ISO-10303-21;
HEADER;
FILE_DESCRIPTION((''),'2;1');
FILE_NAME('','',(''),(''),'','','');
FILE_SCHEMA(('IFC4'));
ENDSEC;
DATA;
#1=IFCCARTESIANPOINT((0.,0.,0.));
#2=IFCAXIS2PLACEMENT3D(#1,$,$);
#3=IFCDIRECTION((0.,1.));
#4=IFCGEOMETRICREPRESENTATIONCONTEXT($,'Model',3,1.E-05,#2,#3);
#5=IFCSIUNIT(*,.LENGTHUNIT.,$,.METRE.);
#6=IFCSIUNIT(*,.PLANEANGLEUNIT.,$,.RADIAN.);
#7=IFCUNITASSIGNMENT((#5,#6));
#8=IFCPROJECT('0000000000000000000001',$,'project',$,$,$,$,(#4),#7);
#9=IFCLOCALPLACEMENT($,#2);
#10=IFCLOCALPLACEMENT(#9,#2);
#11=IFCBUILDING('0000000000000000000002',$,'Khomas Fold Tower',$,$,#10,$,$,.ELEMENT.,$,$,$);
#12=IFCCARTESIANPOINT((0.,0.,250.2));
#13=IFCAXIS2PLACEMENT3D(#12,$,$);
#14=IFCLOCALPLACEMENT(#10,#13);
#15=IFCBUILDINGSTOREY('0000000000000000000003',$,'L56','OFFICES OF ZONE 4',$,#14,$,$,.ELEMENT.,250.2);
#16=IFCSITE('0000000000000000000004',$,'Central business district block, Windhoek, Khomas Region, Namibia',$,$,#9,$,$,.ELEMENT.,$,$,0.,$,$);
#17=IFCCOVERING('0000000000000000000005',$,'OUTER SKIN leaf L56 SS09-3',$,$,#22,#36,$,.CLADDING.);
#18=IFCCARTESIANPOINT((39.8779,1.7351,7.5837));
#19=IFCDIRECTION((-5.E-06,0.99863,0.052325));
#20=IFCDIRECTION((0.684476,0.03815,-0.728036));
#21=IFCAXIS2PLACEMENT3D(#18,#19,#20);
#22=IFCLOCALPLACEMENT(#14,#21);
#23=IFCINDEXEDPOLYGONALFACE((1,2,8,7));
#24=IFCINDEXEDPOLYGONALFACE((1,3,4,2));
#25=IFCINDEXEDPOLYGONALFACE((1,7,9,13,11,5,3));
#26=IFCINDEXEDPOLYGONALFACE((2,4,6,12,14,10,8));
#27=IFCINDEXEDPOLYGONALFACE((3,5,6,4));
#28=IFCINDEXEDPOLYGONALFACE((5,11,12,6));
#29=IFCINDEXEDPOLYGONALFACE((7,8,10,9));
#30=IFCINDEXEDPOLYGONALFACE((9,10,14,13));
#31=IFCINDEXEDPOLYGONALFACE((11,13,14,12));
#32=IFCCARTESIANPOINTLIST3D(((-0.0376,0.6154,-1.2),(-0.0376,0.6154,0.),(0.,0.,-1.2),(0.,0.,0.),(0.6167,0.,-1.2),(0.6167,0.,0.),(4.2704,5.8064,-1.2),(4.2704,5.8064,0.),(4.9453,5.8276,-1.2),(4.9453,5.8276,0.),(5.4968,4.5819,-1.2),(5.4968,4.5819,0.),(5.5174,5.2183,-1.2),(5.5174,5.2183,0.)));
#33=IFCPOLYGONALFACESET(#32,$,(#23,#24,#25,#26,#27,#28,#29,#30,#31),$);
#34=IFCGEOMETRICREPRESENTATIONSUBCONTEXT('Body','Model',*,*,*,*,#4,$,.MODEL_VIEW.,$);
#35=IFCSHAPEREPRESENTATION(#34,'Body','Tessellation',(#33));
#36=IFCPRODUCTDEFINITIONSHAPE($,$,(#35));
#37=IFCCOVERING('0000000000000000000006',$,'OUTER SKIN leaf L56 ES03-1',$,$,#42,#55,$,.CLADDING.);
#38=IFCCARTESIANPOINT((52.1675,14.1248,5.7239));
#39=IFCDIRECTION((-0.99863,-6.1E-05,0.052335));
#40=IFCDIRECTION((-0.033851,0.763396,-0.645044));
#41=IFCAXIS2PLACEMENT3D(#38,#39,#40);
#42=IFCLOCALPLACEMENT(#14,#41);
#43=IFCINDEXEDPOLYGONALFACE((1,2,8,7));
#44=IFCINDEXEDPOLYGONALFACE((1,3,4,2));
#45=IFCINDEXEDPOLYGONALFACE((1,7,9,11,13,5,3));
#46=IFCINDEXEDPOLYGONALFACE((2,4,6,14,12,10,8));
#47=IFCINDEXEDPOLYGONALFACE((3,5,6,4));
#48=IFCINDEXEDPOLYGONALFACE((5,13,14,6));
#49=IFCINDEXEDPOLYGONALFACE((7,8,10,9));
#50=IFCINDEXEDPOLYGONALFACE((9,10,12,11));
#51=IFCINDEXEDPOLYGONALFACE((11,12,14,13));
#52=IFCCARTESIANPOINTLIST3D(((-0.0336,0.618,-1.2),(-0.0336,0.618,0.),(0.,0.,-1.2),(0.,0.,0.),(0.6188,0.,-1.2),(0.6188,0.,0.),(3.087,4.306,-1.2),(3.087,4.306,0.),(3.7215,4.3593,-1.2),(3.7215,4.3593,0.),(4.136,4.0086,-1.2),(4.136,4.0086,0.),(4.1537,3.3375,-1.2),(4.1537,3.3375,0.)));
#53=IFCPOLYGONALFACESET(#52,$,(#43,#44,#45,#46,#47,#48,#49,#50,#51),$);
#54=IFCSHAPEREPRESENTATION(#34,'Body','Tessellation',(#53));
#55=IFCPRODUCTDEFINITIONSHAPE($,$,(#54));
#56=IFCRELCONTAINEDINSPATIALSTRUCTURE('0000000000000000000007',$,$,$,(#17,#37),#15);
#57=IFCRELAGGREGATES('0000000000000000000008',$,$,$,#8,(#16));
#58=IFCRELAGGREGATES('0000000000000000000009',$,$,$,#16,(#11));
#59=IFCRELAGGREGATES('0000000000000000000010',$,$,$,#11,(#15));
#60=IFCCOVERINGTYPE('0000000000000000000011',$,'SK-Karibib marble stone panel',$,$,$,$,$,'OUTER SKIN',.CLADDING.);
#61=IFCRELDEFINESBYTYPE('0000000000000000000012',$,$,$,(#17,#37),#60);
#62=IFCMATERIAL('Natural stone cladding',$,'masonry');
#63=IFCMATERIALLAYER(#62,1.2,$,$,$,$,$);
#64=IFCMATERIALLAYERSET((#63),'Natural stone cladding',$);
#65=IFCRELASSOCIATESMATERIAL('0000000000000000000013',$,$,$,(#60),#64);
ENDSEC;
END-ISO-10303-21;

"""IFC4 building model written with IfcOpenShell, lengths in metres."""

from ifc_helpers import new_model, si_unit, direction, frame, origin, place, context, subcontext, project, spatial, polyline, outline, extrude, material, layer, layer_set, type_object, element, save


model = new_model("IFC4")

# Units and contexts
model_context = context("Model", 3, precision=1e-05, world=origin(), true_north=direction((0.0, 1.0)))
body_context = subcontext(model_context, "Body", "Model", "MODEL_VIEW")
ifc_project = project(units=[si_unit("LENGTHUNIT", "METRE"), si_unit("PLANEANGLEUNIT", "RADIAN")], contexts=[model_context])

# Site, building, storey
site_placement = place(None, origin())
site = spatial("IfcSite", under=ifc_project, at=site_placement, Name="Central business district block, Windhoek, Khomas Region, Namibia", CompositionType="ELEMENT", RefElevation=0.0)
building_placement = place(site_placement, origin())
building = spatial("IfcBuilding", under=site, at=building_placement, Name="Khomas Fold Tower", CompositionType="ELEMENT")
storey_placement = place(building_placement, frame((0.0, 0.0, 250.2)))
storey = spatial("IfcBuildingStorey", under=building, at=storey_placement, Name="L56", Description="OFFICES OF ZONE 4", CompositionType="ELEMENT", Elevation=250.2)

# Coverings
ifc_material_1 = material(Name="Natural stone cladding", Category="masonry")
ifc_layer_1 = layer(ifc_material_1, 1.2)
ifc_layer_set_1 = layer_set([ifc_layer_1], Name="Natural stone cladding")
covering_type = type_object("IfcCoveringType", Name="SK-Karibib marble stone panel", ElementType="OUTER SKIN", PredefinedType="CLADDING", material=ifc_layer_set_1)
covering_1_placement = place(storey_placement, frame((39.8779, 1.7351, 7.5837), z_axis=(-0.000005, 0.99863, 0.052325), x_axis=(0.684476, 0.03815, -0.728036)))
element("IfcCovering", 1, at=covering_1_placement, inside=storey, type_object=covering_type, Name="OUTER SKIN leaf L56 SS09-3", PredefinedType="CLADDING", context=body_context, shape_type="SweptSolid", body=[
    extrude(outline(polyline([(0.0, 0.0), (0.6167, 0.0), (5.4968, 4.5819), (5.5174, 5.2183), (4.9453, 5.8276), (4.2704, 5.8064), (-0.0376, 0.6154), (0.0, 0.0)])), origin(), (0.0, 0.0, -1.0), 1.2),
])
covering_2_placement = place(storey_placement, frame((52.1675, 14.1248, 5.7239), z_axis=(-0.99863, -0.000061, 0.052335), x_axis=(-0.033851, 0.763396, -0.645044)))
element("IfcCovering", 2, at=covering_2_placement, inside=storey, type_object=covering_type, Name="OUTER SKIN leaf L56 ES03-1", PredefinedType="CLADDING", context=body_context, shape_type="SweptSolid", body=[
    extrude(outline(polyline([(0.0, 0.0), (0.6188, 0.0), (4.1537, 3.3375), (4.136, 4.0086), (3.7215, 4.3593), (3.087, 4.306), (-0.0336, 0.618), (0.0, 0.0)])), origin(), (0.0, 0.0, -1.0), 1.2),
])

save(model, "model.ifc")
